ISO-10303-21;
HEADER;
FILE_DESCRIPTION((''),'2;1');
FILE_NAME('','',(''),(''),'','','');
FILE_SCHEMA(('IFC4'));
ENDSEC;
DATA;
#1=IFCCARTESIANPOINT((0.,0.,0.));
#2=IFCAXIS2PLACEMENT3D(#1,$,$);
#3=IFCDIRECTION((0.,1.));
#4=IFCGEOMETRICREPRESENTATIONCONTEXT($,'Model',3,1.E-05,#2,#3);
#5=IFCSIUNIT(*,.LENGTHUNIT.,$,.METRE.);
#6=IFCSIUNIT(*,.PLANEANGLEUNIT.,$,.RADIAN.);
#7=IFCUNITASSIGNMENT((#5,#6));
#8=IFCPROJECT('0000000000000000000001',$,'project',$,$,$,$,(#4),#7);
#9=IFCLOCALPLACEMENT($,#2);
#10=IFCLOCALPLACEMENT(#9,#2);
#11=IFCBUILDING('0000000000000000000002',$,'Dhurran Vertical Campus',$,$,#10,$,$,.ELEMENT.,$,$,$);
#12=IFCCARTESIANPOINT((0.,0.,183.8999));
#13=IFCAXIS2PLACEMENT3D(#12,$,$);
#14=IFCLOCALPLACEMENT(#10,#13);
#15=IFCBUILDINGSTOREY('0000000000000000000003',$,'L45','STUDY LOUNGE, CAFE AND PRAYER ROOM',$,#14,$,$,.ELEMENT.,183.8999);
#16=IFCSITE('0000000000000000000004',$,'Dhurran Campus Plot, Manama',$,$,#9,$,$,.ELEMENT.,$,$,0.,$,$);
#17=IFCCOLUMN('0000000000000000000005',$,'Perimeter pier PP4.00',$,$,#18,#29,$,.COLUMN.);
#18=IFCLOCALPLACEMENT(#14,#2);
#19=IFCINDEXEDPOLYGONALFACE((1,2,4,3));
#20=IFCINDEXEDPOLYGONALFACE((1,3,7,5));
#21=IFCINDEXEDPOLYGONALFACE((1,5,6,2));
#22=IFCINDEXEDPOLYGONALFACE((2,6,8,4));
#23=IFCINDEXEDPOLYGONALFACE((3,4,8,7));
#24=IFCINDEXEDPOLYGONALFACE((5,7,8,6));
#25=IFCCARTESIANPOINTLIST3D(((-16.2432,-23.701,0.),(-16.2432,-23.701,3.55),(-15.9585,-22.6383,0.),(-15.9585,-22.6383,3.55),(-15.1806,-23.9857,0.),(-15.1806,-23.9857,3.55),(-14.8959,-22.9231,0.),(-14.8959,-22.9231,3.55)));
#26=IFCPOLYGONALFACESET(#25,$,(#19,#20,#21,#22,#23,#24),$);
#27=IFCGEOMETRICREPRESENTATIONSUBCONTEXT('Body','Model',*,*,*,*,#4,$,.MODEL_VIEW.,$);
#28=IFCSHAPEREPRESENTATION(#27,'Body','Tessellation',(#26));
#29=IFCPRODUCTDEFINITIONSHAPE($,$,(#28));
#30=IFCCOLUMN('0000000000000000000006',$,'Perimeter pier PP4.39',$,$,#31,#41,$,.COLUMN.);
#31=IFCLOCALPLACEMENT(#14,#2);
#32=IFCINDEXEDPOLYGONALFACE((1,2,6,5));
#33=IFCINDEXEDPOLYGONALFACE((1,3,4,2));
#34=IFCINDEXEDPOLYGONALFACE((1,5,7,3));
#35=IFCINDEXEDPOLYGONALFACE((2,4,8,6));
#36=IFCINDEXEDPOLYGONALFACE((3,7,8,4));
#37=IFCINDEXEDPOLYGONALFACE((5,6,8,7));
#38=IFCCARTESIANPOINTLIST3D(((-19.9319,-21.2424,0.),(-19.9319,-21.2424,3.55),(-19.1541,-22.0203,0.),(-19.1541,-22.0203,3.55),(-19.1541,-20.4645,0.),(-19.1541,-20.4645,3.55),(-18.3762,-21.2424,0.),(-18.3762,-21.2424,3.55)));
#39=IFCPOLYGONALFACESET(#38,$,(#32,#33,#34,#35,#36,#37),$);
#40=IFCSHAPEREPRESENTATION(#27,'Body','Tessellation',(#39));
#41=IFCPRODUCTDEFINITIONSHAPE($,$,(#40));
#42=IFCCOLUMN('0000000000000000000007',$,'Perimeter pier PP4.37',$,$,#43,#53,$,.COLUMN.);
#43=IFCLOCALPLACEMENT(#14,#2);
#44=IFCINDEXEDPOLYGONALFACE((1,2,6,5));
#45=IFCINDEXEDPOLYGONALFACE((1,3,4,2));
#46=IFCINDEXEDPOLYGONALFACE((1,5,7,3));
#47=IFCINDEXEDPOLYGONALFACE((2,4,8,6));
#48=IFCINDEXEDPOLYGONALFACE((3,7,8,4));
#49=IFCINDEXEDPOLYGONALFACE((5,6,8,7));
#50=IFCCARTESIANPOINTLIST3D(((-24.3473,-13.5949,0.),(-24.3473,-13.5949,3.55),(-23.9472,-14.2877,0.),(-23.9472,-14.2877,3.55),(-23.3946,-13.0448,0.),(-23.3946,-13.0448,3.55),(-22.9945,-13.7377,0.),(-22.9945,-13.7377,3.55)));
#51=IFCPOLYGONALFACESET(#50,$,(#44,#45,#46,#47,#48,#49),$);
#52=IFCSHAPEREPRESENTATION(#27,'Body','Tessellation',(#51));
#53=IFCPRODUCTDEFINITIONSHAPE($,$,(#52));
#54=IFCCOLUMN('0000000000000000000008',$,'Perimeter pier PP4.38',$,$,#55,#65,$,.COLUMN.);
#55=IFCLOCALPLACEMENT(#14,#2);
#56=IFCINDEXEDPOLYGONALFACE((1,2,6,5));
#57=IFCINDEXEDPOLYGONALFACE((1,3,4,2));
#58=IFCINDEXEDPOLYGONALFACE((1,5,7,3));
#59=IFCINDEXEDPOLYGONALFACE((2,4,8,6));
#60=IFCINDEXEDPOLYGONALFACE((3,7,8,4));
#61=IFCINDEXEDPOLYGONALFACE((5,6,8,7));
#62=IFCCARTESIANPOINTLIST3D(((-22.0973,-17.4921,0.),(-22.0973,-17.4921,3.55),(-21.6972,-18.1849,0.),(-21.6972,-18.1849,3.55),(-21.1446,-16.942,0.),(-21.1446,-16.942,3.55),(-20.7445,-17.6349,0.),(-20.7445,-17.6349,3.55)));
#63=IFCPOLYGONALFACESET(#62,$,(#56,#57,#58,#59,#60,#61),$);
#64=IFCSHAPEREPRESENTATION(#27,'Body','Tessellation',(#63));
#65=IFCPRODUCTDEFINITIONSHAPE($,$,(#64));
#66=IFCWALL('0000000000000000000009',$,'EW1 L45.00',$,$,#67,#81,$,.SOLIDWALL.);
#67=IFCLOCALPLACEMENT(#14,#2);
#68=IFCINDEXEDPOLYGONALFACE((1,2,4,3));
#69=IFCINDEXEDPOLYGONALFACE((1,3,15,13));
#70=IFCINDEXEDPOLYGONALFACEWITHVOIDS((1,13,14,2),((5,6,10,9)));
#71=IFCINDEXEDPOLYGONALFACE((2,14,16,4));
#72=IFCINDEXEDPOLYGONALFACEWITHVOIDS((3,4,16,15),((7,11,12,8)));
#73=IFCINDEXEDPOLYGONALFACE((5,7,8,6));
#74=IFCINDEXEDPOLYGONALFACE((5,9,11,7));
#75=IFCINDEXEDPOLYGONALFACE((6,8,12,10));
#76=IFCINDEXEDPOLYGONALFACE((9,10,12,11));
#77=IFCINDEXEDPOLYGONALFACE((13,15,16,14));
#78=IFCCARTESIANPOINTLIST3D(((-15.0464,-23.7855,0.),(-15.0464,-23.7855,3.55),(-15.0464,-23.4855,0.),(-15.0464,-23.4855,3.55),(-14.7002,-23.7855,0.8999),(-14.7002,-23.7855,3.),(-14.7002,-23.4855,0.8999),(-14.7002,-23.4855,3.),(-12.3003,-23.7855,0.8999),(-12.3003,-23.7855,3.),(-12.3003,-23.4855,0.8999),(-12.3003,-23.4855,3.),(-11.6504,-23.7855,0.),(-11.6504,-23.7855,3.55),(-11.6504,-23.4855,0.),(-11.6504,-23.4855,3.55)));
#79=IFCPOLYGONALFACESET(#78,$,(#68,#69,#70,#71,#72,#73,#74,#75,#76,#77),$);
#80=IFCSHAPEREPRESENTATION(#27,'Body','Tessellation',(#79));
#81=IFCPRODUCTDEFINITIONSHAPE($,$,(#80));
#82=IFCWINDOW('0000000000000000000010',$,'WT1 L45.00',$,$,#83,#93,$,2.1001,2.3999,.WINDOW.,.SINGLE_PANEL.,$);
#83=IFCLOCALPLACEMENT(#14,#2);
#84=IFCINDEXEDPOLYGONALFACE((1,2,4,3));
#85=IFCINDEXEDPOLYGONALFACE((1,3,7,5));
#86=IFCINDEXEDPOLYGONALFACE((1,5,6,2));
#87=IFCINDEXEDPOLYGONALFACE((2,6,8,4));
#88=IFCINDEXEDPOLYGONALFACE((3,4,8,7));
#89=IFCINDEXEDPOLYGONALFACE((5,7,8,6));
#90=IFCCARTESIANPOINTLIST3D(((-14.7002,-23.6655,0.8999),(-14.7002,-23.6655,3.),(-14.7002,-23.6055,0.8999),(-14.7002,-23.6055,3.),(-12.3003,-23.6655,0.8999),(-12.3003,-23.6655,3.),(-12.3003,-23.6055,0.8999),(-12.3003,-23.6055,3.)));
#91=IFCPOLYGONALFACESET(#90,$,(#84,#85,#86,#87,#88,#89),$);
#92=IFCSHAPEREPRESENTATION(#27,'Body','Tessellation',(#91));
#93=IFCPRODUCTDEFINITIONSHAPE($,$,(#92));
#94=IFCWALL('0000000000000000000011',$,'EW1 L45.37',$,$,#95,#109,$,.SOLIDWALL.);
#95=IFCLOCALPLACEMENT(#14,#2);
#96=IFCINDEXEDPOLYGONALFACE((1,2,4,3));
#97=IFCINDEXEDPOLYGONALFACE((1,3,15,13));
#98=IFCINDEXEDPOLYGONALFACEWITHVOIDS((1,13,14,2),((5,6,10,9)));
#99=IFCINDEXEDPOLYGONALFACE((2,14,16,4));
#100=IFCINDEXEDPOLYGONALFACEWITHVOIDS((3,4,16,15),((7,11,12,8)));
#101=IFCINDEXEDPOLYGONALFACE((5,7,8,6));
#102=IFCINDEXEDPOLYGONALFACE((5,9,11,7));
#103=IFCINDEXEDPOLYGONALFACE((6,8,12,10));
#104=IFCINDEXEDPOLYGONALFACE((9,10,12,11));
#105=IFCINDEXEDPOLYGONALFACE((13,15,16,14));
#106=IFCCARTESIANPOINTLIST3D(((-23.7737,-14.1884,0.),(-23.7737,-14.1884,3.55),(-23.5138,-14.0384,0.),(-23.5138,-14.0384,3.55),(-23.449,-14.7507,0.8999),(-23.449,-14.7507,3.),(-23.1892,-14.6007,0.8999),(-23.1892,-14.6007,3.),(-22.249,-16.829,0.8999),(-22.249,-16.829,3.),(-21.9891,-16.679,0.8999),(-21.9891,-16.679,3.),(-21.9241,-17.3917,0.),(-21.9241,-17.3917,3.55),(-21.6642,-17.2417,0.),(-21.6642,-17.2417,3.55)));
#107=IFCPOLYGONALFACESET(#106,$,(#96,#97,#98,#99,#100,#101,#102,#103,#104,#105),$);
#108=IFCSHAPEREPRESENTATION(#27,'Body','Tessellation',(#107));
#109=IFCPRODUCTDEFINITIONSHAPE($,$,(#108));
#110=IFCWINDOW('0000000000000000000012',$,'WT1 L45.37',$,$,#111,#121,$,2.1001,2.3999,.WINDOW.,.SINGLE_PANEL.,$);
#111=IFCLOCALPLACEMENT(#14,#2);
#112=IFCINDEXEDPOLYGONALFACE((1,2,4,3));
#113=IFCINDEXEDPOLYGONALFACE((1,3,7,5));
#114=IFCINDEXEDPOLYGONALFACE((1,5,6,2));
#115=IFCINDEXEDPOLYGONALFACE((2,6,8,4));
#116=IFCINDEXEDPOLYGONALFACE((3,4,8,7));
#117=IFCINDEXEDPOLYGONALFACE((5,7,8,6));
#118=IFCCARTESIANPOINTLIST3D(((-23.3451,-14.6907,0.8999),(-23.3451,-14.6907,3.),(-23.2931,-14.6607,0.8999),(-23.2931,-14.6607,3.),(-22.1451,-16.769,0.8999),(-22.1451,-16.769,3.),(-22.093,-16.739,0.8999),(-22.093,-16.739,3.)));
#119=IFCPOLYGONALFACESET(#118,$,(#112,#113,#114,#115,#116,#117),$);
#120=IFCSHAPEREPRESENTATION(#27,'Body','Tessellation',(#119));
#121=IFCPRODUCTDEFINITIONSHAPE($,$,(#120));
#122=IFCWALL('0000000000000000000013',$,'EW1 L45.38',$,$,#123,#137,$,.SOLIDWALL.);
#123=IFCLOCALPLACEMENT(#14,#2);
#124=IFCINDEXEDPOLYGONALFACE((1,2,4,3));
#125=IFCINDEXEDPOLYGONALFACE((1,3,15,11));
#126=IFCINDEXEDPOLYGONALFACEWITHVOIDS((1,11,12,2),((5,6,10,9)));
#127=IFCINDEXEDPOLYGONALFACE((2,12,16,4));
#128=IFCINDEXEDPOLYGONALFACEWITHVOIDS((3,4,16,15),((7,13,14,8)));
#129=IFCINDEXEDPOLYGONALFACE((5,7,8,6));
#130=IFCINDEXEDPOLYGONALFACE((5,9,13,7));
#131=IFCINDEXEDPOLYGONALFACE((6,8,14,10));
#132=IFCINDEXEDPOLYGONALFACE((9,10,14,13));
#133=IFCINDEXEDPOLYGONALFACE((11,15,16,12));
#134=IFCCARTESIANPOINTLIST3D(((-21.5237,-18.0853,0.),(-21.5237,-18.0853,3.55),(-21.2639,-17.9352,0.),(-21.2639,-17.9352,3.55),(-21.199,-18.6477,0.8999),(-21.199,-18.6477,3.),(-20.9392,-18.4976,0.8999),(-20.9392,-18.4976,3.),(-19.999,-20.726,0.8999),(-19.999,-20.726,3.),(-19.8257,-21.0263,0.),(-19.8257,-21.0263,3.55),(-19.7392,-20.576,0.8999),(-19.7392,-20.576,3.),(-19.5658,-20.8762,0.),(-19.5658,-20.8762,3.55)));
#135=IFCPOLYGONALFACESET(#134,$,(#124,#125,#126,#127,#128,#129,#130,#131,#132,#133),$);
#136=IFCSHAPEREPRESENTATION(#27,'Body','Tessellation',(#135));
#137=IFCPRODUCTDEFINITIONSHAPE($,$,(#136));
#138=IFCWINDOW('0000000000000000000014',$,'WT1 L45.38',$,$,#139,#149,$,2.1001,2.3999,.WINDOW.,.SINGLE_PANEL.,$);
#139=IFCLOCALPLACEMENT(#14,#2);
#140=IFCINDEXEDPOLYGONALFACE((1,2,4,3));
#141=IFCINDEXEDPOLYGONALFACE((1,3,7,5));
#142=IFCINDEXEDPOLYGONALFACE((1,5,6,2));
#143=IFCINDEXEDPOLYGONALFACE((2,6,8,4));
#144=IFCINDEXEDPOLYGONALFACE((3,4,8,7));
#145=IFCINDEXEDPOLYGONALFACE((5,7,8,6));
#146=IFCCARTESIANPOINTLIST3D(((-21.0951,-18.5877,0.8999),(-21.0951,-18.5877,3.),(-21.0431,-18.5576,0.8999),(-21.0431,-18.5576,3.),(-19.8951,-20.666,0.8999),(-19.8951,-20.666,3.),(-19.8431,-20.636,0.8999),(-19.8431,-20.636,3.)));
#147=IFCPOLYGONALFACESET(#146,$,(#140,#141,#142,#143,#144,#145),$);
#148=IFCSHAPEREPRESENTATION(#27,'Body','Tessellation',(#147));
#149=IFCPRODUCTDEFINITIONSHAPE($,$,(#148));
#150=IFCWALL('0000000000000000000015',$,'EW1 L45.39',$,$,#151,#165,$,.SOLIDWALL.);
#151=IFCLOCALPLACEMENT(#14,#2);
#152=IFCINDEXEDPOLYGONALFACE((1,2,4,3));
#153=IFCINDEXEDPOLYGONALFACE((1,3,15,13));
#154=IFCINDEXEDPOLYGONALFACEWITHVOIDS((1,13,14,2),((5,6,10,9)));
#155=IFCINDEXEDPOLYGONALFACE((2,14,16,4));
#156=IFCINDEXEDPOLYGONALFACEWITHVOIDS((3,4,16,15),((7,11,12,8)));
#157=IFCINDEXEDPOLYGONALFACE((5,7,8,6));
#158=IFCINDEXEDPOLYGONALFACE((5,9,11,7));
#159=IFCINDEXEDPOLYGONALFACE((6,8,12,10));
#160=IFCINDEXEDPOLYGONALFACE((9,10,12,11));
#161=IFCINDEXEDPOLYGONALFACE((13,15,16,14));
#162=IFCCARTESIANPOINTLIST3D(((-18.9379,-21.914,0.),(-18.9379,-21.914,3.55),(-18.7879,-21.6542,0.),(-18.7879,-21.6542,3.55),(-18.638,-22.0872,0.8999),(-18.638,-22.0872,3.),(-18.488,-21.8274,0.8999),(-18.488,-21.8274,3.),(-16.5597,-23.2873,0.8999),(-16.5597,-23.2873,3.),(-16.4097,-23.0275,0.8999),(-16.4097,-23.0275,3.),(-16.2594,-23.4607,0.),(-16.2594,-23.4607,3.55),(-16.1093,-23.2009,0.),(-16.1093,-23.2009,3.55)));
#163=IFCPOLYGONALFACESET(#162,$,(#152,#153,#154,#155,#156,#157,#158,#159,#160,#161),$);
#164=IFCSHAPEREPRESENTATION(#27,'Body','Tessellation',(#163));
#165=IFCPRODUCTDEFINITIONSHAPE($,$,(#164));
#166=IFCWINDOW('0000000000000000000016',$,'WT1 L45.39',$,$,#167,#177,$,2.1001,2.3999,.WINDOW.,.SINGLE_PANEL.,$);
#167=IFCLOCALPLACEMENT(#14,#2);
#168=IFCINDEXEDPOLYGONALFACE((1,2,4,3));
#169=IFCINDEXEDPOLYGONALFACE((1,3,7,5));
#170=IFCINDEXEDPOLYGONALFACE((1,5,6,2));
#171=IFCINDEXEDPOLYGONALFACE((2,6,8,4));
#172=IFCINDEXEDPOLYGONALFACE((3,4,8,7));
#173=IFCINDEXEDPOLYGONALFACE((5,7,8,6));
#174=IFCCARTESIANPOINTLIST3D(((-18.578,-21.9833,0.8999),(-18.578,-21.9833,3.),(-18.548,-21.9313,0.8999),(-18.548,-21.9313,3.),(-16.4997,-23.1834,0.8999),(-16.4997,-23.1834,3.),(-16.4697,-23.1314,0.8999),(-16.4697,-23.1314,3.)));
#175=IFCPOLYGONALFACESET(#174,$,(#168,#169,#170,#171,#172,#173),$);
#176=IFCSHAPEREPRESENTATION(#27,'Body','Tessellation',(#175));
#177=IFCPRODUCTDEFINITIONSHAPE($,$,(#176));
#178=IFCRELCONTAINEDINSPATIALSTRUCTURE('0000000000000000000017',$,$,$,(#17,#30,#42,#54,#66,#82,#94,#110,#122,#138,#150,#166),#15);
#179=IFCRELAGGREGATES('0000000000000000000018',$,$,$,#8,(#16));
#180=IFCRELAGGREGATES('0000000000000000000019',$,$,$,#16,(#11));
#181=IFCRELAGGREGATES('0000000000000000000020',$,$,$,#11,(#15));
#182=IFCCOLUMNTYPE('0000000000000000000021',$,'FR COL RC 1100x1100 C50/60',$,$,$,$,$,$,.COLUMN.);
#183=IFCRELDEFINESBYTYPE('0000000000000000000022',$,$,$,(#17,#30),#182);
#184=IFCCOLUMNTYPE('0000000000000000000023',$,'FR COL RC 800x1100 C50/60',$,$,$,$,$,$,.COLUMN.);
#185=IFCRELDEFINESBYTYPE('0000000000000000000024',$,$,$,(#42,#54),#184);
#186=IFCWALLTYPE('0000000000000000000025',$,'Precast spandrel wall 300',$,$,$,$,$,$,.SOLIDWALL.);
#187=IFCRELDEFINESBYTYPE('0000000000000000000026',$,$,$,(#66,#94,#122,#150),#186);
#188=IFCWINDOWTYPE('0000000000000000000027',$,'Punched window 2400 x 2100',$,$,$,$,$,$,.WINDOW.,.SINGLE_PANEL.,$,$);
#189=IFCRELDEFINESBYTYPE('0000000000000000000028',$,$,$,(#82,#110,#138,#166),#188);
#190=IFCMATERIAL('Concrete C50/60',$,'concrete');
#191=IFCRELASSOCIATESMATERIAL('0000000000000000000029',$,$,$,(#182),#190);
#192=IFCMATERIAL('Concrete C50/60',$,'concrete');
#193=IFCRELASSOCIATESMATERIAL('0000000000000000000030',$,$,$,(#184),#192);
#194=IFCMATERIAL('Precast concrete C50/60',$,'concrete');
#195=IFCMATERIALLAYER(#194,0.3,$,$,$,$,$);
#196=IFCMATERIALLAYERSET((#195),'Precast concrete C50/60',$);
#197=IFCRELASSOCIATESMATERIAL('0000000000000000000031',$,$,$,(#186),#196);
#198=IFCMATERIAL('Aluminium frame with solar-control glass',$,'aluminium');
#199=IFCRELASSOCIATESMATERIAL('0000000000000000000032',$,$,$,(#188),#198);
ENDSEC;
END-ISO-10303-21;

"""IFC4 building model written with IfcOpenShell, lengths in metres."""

from ifc_helpers import new_model, si_unit, direction, frame, frame_2d, origin, origin_2d, place, context, subcontext, project, spatial, rectangle, extrude, material, layer, layer_set, material_profile, profile_set, type_object, element, fill, save


model = new_model("IFC4")

# Units and contexts
model_context = context("Model", 3, precision=1e-05, world=origin(), true_north=direction((0.0, 1.0)))
body_context = subcontext(model_context, "Body", "Model", "MODEL_VIEW")
ifc_project = project(units=[si_unit("LENGTHUNIT", "METRE"), si_unit("PLANEANGLEUNIT", "RADIAN")], contexts=[model_context])

# Site, building, storey
site_placement = place(None, origin())
site = spatial("IfcSite", under=ifc_project, at=site_placement, Name="Dhurran Campus Plot, Manama", CompositionType="ELEMENT", RefElevation=0.0)
building_placement = place(site_placement, origin())
building = spatial("IfcBuilding", under=site, at=building_placement, Name="Dhurran Vertical Campus", CompositionType="ELEMENT")
storey_placement = place(building_placement, frame((0.0, 0.0, 183.8999)))
storey = spatial("IfcBuildingStorey", under=building, at=storey_placement, Name="L45", Description="STUDY LOUNGE, CAFE AND PRAYER ROOM", CompositionType="ELEMENT", Elevation=183.8999)

# Columns
ifc_material_1 = material(Name="Concrete C50/60", Category="concrete")
ifc_material_profile_1 = material_profile(ifc_material_1, rectangle(XDim=1.1001, YDim=1.1001, at=origin_2d()), Name="RC 1100x1100")
ifc_profile_set_1 = profile_set([ifc_material_profile_1], Name="Concrete C50/60")
column_type_1 = type_object("IfcColumnType", Name="FR COL RC 1100x1100 C50/60", PredefinedType="COLUMN", material=ifc_profile_set_1)
for number, where, z_axis, x_axis, name in (
    (1, (-15.5696, -23.312, 0.0), (0.0, 0.0, 1.0), (0.965926, -0.258819, 0.0), "Perimeter pier PP4.00"),
    (2, (-19.1541, -21.2424, 0.0), (0.0, 0.0, 1.0), (0.707107, -0.707107, 0.0), "Perimeter pier PP4.39"),
):
    element("IfcColumn", number, at=place(storey_placement, frame(where, z_axis=z_axis, x_axis=x_axis)), inside=storey, type_object=column_type_1, Name=name, PredefinedType="COLUMN", context=body_context, shape_type="SweptSolid", body=[
        extrude(rectangle(XDim=1.1001, YDim=1.1001, at=origin_2d()), origin(), (0.0, 0.0, 1.0), 3.55),
    ])
ifc_material_2 = material(Name="Concrete C50/60", Category="concrete")
ifc_material_profile_2 = material_profile(ifc_material_2, rectangle(XDim=0.8, YDim=1.1001, at=origin_2d()), Name="RC 800x1100")
ifc_profile_set_2 = profile_set([ifc_material_profile_2], Name="Concrete C50/60")
column_type_2 = type_object("IfcColumnType", Name="FR COL RC 800x1100 C50/60", PredefinedType="COLUMN", material=ifc_profile_set_2)
for number, where, z_axis, x_axis, name in (
    (3, (-23.6709, -13.6663, 0.0), (0.0, 0.0, 1.0), (0.5, -0.866025, 0.0), "Perimeter pier PP4.37"),
    (4, (-21.4209, -17.5635, 0.0), (0.0, 0.0, 1.0), (0.5, -0.866025, 0.0), "Perimeter pier PP4.38"),
):
    element("IfcColumn", number, at=place(storey_placement, frame(where, z_axis=z_axis, x_axis=x_axis)), inside=storey, type_object=column_type_2, Name=name, PredefinedType="COLUMN", context=body_context, shape_type="SweptSolid", body=[
        extrude(rectangle(XDim=0.8, YDim=1.1001, at=origin_2d()), origin(), (0.0, 0.0, 1.0), 3.55),
    ])

# Walls, openings, windows
ifc_material_3 = material(Name="Precast concrete C50/60", Category="concrete")
ifc_layer_1 = layer(ifc_material_3, 0.3)
ifc_layer_set_1 = layer_set([ifc_layer_1], Name="Precast concrete C50/60")
wall_type_1 = type_object("IfcWallType", Name="Precast spandrel wall 300", PredefinedType="SOLIDWALL", material=ifc_layer_set_1)
wall_1_placement = place(storey_placement, frame((-15.0464, -23.6355, 0.0), z_axis=(0.0, 0.0, 1.0), x_axis=(1.0, 0.0, 0.0)))
wall_1 = element("IfcWall", 5, at=wall_1_placement, inside=storey, type_object=wall_type_1, Name="EW1 L45.00", PredefinedType="SOLIDWALL", context=body_context, shape_type="SweptSolid", body=[
    extrude(rectangle(XDim=3.396, YDim=0.3, at=frame_2d((1.698, 0.0))), origin(), (0.0, 0.0, 1.0), 3.55),
])
opening_1_placement = place(wall_1_placement, frame((0.3462, 0.0, 0.8999)))
opening_1 = element("IfcOpeningElement", 6, at=opening_1_placement, cuts=wall_1, PredefinedType="OPENING", context=body_context, shape_type="SweptSolid", body=[
    extrude(rectangle(XDim=2.3999, YDim=2.1001, at=frame_2d((1.2, 1.05))), frame((0.0, 0.1599, 0.0), z_axis=(0.0, -1.0, 0.0), x_axis=(1.0, 0.0, 0.0)), (0.0, 0.0, 1.0), 0.3201),
])
ifc_material_4 = material(Name="Aluminium frame with solar-control glass", Category="aluminium")
window_type = type_object("IfcWindowType", Name="Punched window 2400 x 2100", PartitioningType="SINGLE_PANEL", PredefinedType="WINDOW", material=ifc_material_4)
window_1_placement = place(opening_1_placement, origin())
window_1 = element("IfcWindow", 7, at=window_1_placement, inside=storey, type_object=window_type, Name="WT1 L45.00", OverallHeight=2.1001, OverallWidth=2.3999, PartitioningType="SINGLE_PANEL", PredefinedType="WINDOW", context=body_context, shape_type="SweptSolid", body=[
    extrude(rectangle(XDim=2.3999, YDim=2.1001, at=frame_2d((1.2, 1.05))), frame((0.0, 0.03, 0.0), z_axis=(0.0, -1.0, 0.0), x_axis=(1.0, 0.0, 0.0)), (0.0, 0.0, 1.0), 0.0601),
])
fill(opening_1, window_1)
wall_2_placement = place(storey_placement, frame((-23.6438, -14.1133, 0.0), z_axis=(0.0, 0.0, 1.0), x_axis=(0.500029, -0.866009, 0.0)))
wall_2 = element("IfcWall", 8, at=wall_2_placement, inside=storey, type_object=wall_type_1, Name="EW1 L45.37", PredefinedType="SOLIDWALL", context=body_context, shape_type="SweptSolid", body=[
    extrude(rectangle(XDim=3.699, YDim=0.3, at=frame_2d((1.8496, 0.0))), origin(), (0.0, 0.0, 1.0), 3.55),
])
opening_2_placement = place(wall_2_placement, frame((0.6494, 0.0, 0.8999)))
opening_2 = element("IfcOpeningElement", 9, at=opening_2_placement, cuts=wall_2, PredefinedType="OPENING", context=body_context, shape_type="SweptSolid", body=[
    extrude(rectangle(XDim=2.3999, YDim=2.1001, at=frame_2d((1.2, 1.05))), frame((0.0, 0.1599, 0.0), z_axis=(0.0, -1.0, 0.0), x_axis=(1.0, 0.0, 0.0)), (0.0, 0.0, 1.0), 0.3201),
])
window_2_placement = place(opening_2_placement, origin())
window_2 = element("IfcWindow", 10, at=window_2_placement, inside=storey, type_object=window_type, Name="WT1 L45.37", OverallHeight=2.1001, OverallWidth=2.3999, PartitioningType="SINGLE_PANEL", PredefinedType="WINDOW", context=body_context, shape_type="SweptSolid", body=[
    extrude(rectangle(XDim=2.3999, YDim=2.1001, at=frame_2d((1.2, 1.05))), frame((0.0, 0.03, 0.0), z_axis=(0.0, -1.0, 0.0), x_axis=(1.0, 0.0, 0.0)), (0.0, 0.0, 1.0), 0.0601),
])
fill(opening_2, window_2)
wall_3_placement = place(storey_placement, frame((-21.3938, -18.0103, 0.0), z_axis=(0.0, 0.0, 1.0), x_axis=(0.500013, -0.866018, 0.0)))
wall_3 = element("IfcWall", 11, at=wall_3_placement, inside=storey, type_object=wall_type_1, Name="EW1 L45.38", PredefinedType="SOLIDWALL", context=body_context, shape_type="SweptSolid", body=[
    extrude(rectangle(XDim=3.396, YDim=0.3, at=frame_2d((1.698, 0.0))), origin(), (0.0, 0.0, 1.0), 3.55),
])
opening_3_placement = place(wall_3_placement, frame((0.6494, 0.0, 0.8999)))
opening_3 = element("IfcOpeningElement", 12, at=opening_3_placement, cuts=wall_3, PredefinedType="OPENING", context=body_context, shape_type="SweptSolid", body=[
    extrude(rectangle(XDim=2.3999, YDim=2.1001, at=frame_2d((1.2, 1.05))), frame((0.0, 0.1599, 0.0), z_axis=(0.0, -1.0, 0.0), x_axis=(1.0, 0.0, 0.0)), (0.0, 0.0, 1.0), 0.3201),
])
window_3_placement = place(opening_3_placement, origin())
window_3 = element("IfcWindow", 13, at=window_3_placement, inside=storey, type_object=window_type, Name="WT1 L45.38", OverallHeight=2.1001, OverallWidth=2.3999, PartitioningType="SINGLE_PANEL", PredefinedType="WINDOW", context=body_context, shape_type="SweptSolid", body=[
    extrude(rectangle(XDim=2.3999, YDim=2.1001, at=frame_2d((1.2, 1.05))), frame((0.0, 0.03, 0.0), z_axis=(0.0, -1.0, 0.0), x_axis=(1.0, 0.0, 0.0)), (0.0, 0.0, 1.0), 0.0601),
])
fill(opening_3, window_3)
wall_4_placement = place(storey_placement, frame((-18.8628, -21.7842, 0.0), z_axis=(0.0, 0.0, 1.0), x_axis=(0.865995, -0.500053, 0.0)))
wall_4 = element("IfcWall", 14, at=wall_4_placement, inside=storey, type_object=wall_type_1, Name="EW1 L45.39", PredefinedType="SOLIDWALL", context=body_context, shape_type="SweptSolid", body=[
    extrude(rectangle(XDim=3.093, YDim=0.3, at=frame_2d((1.5464, 0.0))), origin(), (0.0, 0.0, 1.0), 3.55),
])
opening_4_placement = place(wall_4_placement, frame((0.3462, 0.0, 0.8999)))
opening_4 = element("IfcOpeningElement", 15, at=opening_4_placement, cuts=wall_4, PredefinedType="OPENING", context=body_context, shape_type="SweptSolid", body=[
    extrude(rectangle(XDim=2.3999, YDim=2.1001, at=frame_2d((1.2, 1.05))), frame((0.0, 0.1599, 0.0), z_axis=(0.0, -1.0, 0.0), x_axis=(1.0, 0.0, 0.0)), (0.0, 0.0, 1.0), 0.3201),
])
window_4_placement = place(opening_4_placement, origin())
window_4 = element("IfcWindow", 16, at=window_4_placement, inside=storey, type_object=window_type, Name="WT1 L45.39", OverallHeight=2.1001, OverallWidth=2.3999, PartitioningType="SINGLE_PANEL", PredefinedType="WINDOW", context=body_context, shape_type="SweptSolid", body=[
    extrude(rectangle(XDim=2.3999, YDim=2.1001, at=frame_2d((1.2, 1.05))), frame((0.0, 0.03, 0.0), z_axis=(0.0, -1.0, 0.0), x_axis=(1.0, 0.0, 0.0)), (0.0, 0.0, 1.0), 0.0601),
])
fill(opening_4, window_4)

save(model, "model.ifc")
